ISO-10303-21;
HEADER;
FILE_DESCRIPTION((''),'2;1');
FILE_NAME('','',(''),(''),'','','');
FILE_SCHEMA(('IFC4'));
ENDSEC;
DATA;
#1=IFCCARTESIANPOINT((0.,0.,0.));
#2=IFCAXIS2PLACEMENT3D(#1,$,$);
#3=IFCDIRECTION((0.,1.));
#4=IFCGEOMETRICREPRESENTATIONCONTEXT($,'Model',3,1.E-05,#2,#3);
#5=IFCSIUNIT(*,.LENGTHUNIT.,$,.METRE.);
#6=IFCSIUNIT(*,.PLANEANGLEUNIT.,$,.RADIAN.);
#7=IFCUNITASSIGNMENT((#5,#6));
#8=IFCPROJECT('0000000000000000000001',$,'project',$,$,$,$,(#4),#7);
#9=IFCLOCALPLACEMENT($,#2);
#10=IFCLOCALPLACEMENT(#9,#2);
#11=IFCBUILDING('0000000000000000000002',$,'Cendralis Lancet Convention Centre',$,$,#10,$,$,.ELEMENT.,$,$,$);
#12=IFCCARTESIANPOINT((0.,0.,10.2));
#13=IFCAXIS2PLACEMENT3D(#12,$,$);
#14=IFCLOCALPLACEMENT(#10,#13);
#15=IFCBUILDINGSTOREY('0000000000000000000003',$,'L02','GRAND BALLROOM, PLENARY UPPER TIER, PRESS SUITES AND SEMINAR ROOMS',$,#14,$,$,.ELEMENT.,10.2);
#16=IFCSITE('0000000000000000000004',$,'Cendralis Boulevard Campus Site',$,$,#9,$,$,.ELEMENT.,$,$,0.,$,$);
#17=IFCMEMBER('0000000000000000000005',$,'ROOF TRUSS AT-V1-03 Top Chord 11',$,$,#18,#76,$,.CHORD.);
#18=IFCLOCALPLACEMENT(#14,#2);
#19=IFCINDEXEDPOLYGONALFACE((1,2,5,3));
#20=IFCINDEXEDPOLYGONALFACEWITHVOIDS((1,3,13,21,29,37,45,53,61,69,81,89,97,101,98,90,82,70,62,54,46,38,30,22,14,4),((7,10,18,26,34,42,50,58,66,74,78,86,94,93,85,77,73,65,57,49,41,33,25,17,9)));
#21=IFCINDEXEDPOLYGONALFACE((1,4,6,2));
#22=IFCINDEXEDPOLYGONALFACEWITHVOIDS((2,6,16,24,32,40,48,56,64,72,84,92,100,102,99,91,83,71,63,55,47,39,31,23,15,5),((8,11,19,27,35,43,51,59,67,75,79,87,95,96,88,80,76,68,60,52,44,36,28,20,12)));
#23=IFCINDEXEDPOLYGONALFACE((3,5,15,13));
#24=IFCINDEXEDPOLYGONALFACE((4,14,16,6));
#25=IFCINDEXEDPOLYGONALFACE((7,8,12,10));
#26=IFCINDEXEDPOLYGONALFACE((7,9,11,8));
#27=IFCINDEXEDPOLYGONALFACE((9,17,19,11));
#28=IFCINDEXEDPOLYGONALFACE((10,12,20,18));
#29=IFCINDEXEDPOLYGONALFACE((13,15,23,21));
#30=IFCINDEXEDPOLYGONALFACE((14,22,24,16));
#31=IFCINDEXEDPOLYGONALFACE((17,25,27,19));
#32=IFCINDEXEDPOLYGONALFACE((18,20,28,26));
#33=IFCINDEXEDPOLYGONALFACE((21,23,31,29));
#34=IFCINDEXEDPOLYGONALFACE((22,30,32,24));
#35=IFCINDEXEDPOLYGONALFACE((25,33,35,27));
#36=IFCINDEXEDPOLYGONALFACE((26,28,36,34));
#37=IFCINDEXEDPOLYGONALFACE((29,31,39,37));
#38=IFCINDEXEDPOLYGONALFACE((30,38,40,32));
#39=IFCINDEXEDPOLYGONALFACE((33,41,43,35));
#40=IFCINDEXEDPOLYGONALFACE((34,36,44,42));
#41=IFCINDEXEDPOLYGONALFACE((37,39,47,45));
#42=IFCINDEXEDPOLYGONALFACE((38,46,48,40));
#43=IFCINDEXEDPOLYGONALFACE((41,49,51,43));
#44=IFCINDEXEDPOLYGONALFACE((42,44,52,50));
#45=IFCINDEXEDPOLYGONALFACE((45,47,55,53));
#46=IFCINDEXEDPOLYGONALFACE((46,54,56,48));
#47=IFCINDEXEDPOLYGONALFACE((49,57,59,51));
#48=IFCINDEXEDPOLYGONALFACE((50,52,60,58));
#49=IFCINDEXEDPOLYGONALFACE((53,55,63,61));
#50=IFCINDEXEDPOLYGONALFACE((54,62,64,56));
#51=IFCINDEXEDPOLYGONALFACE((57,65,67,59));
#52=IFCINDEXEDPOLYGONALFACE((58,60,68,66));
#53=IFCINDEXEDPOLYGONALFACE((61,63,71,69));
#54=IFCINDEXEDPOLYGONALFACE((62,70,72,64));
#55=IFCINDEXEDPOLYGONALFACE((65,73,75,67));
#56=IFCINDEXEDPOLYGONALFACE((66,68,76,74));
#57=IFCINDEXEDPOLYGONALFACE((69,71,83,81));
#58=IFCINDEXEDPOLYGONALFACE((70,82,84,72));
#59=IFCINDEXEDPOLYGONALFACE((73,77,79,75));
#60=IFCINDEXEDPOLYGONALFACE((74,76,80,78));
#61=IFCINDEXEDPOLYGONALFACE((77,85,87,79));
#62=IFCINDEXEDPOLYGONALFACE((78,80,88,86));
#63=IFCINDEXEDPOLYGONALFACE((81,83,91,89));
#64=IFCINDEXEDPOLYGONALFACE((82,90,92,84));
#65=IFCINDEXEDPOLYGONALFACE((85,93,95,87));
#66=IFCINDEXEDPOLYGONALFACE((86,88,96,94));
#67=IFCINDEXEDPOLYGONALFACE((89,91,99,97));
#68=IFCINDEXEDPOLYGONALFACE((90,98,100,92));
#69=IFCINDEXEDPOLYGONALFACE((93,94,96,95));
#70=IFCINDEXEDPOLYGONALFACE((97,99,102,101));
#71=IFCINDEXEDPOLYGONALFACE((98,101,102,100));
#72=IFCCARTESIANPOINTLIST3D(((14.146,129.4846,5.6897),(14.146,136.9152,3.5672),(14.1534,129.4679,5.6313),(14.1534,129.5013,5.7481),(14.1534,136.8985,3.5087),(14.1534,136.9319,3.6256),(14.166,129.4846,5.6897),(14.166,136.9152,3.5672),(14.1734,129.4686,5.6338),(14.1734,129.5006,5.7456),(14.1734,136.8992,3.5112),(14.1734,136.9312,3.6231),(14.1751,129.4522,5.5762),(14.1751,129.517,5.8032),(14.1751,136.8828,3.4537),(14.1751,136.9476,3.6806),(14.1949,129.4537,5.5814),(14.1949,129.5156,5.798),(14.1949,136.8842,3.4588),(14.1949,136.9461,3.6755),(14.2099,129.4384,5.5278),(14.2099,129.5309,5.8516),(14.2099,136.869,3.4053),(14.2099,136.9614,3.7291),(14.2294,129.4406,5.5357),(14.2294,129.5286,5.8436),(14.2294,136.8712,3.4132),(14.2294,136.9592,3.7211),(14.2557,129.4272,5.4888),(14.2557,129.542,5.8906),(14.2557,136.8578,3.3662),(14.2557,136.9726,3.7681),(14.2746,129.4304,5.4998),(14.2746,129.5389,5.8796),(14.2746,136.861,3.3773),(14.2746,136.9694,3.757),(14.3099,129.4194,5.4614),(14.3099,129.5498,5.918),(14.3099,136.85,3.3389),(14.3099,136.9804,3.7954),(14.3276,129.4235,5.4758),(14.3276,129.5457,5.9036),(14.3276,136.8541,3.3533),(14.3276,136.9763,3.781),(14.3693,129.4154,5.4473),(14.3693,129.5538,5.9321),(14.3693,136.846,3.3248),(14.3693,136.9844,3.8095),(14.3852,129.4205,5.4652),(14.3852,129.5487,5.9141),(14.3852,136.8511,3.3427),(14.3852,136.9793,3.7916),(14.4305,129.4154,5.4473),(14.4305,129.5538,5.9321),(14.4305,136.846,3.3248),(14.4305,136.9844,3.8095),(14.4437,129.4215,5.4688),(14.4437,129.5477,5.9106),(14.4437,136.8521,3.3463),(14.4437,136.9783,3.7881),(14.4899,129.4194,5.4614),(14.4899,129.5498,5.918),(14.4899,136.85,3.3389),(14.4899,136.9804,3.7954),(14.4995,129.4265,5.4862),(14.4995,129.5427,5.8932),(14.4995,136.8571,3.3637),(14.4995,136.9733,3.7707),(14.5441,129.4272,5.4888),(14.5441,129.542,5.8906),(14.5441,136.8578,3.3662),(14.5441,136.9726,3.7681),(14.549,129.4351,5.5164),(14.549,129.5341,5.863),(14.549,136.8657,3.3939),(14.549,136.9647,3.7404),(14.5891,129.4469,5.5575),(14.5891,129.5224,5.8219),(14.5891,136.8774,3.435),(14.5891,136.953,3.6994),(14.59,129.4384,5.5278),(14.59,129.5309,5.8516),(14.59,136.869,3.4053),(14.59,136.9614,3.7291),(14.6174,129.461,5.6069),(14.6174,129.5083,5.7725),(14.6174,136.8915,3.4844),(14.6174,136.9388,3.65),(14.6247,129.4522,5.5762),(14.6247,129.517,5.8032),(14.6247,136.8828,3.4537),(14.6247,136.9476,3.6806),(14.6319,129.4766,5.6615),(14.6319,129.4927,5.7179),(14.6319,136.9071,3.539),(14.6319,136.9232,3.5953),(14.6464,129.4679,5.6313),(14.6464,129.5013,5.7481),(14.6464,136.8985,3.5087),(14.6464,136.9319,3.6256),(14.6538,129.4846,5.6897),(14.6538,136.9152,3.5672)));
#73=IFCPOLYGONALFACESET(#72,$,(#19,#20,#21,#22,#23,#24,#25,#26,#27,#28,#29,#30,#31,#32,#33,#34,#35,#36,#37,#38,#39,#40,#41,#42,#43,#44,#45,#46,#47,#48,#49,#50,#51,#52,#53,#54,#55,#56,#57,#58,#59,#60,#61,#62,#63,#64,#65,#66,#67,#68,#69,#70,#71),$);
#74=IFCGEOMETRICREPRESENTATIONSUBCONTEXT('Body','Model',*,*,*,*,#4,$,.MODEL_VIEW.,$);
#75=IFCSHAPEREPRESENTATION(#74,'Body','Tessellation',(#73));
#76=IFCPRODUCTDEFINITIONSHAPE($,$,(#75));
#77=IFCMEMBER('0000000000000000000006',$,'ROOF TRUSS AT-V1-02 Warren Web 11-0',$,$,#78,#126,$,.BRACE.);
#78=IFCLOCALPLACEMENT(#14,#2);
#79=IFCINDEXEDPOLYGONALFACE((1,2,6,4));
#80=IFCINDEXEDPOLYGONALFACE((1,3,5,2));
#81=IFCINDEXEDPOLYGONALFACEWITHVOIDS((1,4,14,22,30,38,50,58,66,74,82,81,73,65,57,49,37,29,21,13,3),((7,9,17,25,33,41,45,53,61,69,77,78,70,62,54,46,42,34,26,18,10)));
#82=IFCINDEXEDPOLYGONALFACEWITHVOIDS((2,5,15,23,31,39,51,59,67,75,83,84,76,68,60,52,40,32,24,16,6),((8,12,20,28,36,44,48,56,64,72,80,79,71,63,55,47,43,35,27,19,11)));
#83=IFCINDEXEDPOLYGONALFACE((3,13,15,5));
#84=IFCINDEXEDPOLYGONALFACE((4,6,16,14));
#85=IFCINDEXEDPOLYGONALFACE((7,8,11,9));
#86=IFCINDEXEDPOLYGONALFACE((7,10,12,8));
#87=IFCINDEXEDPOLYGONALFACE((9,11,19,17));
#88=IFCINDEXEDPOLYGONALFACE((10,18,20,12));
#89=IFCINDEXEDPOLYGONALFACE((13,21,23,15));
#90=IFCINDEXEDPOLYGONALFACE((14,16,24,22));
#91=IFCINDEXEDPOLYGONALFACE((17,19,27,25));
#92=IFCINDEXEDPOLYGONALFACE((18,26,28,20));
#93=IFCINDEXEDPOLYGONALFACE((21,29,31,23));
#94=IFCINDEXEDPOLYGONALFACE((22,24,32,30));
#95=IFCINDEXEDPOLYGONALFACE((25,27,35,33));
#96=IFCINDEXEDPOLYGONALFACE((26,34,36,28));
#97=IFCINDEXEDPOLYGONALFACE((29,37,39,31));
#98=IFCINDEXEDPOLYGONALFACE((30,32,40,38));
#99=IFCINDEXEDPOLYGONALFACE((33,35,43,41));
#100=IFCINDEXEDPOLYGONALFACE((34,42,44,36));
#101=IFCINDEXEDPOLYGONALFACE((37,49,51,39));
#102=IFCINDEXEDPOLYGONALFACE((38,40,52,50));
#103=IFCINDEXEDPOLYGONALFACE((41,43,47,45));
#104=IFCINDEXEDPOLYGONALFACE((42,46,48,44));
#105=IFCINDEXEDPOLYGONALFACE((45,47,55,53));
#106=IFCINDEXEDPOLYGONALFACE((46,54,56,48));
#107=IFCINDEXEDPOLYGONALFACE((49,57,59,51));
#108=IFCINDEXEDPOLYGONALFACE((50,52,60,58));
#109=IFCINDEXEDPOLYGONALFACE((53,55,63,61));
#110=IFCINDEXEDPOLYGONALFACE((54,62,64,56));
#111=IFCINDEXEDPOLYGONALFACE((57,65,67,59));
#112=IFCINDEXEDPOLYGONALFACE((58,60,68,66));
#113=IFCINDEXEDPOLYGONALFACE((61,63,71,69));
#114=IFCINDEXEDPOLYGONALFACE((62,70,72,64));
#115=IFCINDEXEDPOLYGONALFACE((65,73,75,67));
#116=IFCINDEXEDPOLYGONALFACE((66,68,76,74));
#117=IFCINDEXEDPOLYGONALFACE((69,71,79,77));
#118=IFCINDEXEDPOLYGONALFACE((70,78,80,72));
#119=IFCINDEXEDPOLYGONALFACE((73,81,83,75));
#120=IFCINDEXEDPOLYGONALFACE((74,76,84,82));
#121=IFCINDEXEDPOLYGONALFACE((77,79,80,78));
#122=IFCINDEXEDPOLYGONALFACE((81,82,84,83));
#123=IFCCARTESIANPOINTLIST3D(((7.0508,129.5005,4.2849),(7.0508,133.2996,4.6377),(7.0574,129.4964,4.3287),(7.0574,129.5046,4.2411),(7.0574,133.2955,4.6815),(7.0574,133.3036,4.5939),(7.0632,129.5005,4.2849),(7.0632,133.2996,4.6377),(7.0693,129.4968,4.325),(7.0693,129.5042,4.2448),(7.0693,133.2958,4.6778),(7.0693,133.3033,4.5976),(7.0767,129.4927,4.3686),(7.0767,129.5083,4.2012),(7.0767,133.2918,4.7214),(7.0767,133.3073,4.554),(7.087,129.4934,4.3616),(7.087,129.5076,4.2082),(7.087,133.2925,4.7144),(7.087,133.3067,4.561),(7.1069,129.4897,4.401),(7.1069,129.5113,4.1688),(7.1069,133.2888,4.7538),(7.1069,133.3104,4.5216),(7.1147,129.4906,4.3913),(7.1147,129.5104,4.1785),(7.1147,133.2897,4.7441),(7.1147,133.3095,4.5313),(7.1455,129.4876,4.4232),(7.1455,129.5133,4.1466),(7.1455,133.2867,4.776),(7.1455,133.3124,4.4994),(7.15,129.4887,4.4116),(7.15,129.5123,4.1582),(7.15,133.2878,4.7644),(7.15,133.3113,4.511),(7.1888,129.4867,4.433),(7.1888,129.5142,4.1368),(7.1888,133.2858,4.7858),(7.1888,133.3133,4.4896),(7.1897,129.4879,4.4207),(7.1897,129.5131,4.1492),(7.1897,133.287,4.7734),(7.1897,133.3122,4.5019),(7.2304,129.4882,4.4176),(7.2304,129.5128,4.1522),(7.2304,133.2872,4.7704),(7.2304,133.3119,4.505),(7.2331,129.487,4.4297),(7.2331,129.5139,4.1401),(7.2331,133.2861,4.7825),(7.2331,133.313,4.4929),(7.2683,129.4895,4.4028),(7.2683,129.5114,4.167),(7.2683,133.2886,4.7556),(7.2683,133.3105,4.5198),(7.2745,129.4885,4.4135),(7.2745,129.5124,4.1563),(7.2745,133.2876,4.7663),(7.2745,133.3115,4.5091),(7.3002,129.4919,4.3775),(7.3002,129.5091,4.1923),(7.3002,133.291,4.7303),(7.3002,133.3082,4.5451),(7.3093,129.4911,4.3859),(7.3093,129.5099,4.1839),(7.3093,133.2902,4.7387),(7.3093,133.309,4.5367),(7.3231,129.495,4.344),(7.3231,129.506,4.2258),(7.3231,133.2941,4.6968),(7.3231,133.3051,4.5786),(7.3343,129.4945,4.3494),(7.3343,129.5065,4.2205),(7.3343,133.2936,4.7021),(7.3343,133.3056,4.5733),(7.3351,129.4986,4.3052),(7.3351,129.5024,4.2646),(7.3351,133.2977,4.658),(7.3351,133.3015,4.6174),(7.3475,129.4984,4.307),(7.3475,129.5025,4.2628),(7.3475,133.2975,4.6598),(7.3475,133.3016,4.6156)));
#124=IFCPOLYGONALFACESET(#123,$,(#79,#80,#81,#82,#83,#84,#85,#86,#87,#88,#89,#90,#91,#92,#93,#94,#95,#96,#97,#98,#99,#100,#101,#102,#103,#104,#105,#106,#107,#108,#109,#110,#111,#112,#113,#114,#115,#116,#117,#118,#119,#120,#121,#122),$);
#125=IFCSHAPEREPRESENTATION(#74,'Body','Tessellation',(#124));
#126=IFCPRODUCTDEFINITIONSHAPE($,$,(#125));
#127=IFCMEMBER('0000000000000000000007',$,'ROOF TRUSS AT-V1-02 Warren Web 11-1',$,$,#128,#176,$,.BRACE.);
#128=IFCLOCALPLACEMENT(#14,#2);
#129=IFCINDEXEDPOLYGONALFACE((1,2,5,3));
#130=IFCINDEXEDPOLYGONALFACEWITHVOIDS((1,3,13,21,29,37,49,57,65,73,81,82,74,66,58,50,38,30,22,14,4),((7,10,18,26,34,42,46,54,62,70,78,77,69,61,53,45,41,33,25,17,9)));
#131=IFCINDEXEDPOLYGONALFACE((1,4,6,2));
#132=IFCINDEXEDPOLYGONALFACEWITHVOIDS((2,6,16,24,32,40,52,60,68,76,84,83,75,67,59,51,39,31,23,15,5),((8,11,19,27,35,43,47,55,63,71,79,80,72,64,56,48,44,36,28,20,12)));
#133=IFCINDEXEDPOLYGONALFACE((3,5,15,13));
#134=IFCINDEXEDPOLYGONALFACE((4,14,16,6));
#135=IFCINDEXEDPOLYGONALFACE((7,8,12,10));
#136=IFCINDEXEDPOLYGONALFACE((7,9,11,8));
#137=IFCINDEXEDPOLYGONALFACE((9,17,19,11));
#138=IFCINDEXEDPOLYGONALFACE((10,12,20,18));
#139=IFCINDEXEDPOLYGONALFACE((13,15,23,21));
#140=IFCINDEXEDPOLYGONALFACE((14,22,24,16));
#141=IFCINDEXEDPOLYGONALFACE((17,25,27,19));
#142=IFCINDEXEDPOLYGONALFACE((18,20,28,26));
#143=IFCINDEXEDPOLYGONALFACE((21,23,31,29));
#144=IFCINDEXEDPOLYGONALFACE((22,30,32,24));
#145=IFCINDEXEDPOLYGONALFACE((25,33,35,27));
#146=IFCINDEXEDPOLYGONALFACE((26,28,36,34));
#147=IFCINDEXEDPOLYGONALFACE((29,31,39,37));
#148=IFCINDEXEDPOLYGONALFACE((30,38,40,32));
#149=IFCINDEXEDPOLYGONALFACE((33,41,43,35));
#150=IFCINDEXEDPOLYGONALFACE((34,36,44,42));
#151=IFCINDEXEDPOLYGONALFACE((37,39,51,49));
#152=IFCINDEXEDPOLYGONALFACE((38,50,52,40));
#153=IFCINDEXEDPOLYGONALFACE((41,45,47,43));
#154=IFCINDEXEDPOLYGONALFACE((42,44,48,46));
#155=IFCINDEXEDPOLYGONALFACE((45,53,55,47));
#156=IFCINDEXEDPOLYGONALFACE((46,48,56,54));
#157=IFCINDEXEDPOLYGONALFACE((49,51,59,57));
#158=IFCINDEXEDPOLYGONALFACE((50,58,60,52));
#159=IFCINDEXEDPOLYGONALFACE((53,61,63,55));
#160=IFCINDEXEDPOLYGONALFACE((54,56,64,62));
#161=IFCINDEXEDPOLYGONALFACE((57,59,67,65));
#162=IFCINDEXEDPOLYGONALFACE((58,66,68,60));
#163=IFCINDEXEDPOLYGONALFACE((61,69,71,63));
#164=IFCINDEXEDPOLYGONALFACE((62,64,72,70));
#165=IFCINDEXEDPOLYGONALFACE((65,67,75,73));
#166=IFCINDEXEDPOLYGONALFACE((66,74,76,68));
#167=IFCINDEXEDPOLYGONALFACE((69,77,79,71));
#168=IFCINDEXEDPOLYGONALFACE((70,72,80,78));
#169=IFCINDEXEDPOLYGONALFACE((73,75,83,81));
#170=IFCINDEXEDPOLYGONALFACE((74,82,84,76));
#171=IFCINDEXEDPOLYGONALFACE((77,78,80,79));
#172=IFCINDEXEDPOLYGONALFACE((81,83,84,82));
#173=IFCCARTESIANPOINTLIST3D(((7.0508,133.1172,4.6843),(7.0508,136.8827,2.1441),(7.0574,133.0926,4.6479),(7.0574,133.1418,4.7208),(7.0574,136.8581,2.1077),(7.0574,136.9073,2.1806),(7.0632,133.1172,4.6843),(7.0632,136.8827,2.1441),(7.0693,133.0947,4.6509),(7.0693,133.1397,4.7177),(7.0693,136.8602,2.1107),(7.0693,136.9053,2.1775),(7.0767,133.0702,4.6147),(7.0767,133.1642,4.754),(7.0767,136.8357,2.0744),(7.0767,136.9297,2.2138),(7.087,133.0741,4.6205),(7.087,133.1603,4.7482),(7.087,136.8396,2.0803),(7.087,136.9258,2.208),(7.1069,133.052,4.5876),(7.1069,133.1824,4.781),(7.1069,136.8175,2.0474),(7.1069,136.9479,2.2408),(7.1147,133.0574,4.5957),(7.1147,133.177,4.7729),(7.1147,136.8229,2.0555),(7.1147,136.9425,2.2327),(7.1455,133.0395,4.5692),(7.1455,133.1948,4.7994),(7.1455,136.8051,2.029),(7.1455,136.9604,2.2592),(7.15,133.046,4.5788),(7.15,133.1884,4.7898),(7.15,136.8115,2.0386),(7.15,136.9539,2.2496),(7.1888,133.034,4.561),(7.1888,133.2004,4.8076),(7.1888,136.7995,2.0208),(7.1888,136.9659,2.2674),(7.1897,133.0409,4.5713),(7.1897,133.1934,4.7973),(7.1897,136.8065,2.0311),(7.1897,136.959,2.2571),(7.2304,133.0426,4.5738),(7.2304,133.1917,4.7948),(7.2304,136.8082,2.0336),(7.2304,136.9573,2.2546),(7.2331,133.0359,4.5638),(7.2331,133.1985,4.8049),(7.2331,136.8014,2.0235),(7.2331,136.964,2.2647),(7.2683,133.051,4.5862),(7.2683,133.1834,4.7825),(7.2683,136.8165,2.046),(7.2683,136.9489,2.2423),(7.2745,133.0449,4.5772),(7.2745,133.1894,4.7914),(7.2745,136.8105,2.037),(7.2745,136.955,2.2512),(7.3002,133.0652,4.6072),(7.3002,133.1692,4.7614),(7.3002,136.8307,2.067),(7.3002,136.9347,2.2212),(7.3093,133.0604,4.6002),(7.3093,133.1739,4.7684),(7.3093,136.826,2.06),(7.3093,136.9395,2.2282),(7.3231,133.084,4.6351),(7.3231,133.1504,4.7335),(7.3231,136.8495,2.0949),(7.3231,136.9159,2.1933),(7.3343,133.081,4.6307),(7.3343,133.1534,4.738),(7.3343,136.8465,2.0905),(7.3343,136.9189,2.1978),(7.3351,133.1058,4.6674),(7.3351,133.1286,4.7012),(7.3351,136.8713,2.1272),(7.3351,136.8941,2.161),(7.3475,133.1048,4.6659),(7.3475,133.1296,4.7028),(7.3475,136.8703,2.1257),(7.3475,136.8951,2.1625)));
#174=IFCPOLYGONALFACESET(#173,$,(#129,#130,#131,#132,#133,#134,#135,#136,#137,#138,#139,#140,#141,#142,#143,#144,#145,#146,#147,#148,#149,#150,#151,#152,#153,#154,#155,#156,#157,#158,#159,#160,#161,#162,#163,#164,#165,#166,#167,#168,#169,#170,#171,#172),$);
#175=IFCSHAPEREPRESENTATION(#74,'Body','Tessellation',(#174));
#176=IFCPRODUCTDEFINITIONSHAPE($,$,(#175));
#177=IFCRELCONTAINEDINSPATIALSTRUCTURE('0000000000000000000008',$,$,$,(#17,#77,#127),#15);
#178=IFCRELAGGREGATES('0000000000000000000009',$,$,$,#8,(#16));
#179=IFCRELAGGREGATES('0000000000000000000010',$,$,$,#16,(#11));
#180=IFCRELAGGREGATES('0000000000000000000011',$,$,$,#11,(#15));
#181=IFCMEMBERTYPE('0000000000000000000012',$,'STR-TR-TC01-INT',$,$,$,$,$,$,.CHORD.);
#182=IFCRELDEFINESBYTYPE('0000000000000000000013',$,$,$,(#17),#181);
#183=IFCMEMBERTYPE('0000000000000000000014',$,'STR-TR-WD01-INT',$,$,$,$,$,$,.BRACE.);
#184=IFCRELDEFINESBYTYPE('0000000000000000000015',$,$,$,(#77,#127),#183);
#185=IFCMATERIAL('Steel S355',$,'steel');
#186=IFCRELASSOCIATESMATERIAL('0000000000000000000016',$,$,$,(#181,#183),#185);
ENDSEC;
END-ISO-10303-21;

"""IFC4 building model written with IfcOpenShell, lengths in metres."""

from ifc_helpers import new_model, si_unit, direction, frame, origin, origin_2d, place, context, subcontext, project, spatial, hollow_circle, extrude, material, material_profile, profile_set, type_object, element, save


model = new_model("IFC4")

# Units and contexts
model_context = context("Model", 3, precision=1e-05, world=origin(), true_north=direction((0.0, 1.0)))
body_context = subcontext(model_context, "Body", "Model", "MODEL_VIEW")
ifc_project = project(units=[si_unit("LENGTHUNIT", "METRE"), si_unit("PLANEANGLEUNIT", "RADIAN")], contexts=[model_context])

# Site, building, storey
site_placement = place(None, origin())
site = spatial("IfcSite", under=ifc_project, at=site_placement, Name="Cendralis Boulevard Campus Site", CompositionType="ELEMENT", RefElevation=0.0)
building_placement = place(site_placement, origin())
building = spatial("IfcBuilding", under=site, at=building_placement, Name="Cendralis Lancet Convention Centre", CompositionType="ELEMENT")
storey_placement = place(building_placement, frame((0.0, 0.0, 10.2)))
storey = spatial("IfcBuildingStorey", under=building, at=storey_placement, Name="L02", Description="GRAND BALLROOM, PLENARY UPPER TIER, PRESS SUITES AND SEMINAR ROOMS", CompositionType="ELEMENT", Elevation=10.2)

# Members
ifc_material_1 = material(Name="Steel S355", Category="steel")
ifc_material_profile_1 = material_profile(ifc_material_1, hollow_circle(Radius=0.2539, WallThickness=0.02, at=origin_2d()), Name="CHS 508.0x20.0")
ifc_profile_set_1 = profile_set([ifc_material_profile_1], Name="Steel S355")
member_type_1 = type_object("IfcMemberType", Name="STR-TR-TC01-INT", PredefinedType="CHORD", material=ifc_profile_set_1)
member_1_placement = place(storey_placement, frame((14.3999, 129.4846, 5.6897), z_axis=(0.0, 0.961541, -0.274663), x_axis=(-1.0, 0.0, 0.0)))
element("IfcMember", 1, at=member_1_placement, inside=storey, type_object=member_type_1, Name="ROOF TRUSS AT-V1-03 Top Chord 11", PredefinedType="CHORD", context=body_context, shape_type="SweptSolid", body=[
    extrude(hollow_circle(Radius=0.2539, WallThickness=0.02, at=origin_2d()), origin(), (0.0, 0.0, 1.0), 7.7278),
])
ifc_material_profile_2 = material_profile(ifc_material_1, hollow_circle(Radius=0.1492, WallThickness=0.0125, at=origin_2d()), Name="CHS 298.5x12.5")
ifc_profile_set_2 = profile_set([ifc_material_profile_2], Name="Steel S355")
member_type_2 = type_object("IfcMemberType", Name="STR-TR-WD01-INT", PredefinedType="BRACE", material=ifc_profile_set_2)
member_2_placement = place(storey_placement, frame((7.2, 129.5005, 4.2849), z_axis=(0.0, 0.995716, 0.092463), x_axis=(-1.0, 0.0, 0.0)))
element("IfcMember", 2, at=member_2_placement, inside=storey, type_object=member_type_2, Name="ROOF TRUSS AT-V1-02 Warren Web 11-0", PredefinedType="BRACE", context=body_context, shape_type="SweptSolid", body=[
    extrude(hollow_circle(Radius=0.1492, WallThickness=0.0125, at=origin_2d()), origin(), (0.0, 0.0, 1.0), 3.8154),
])
member_3_placement = place(storey_placement, frame((7.2, 133.1172, 4.6843), z_axis=(0.0, 0.829003, -0.559244), x_axis=(-1.0, 0.0, 0.0)))
element("IfcMember", 3, at=member_3_placement, inside=storey, type_object=member_type_2, Name="ROOF TRUSS AT-V1-02 Warren Web 11-1", PredefinedType="BRACE", context=body_context, shape_type="SweptSolid", body=[
    extrude(hollow_circle(Radius=0.1492, WallThickness=0.0125, at=origin_2d()), origin(), (0.0, 0.0, 1.0), 4.5422),
])

save(model, "model.ifc")
